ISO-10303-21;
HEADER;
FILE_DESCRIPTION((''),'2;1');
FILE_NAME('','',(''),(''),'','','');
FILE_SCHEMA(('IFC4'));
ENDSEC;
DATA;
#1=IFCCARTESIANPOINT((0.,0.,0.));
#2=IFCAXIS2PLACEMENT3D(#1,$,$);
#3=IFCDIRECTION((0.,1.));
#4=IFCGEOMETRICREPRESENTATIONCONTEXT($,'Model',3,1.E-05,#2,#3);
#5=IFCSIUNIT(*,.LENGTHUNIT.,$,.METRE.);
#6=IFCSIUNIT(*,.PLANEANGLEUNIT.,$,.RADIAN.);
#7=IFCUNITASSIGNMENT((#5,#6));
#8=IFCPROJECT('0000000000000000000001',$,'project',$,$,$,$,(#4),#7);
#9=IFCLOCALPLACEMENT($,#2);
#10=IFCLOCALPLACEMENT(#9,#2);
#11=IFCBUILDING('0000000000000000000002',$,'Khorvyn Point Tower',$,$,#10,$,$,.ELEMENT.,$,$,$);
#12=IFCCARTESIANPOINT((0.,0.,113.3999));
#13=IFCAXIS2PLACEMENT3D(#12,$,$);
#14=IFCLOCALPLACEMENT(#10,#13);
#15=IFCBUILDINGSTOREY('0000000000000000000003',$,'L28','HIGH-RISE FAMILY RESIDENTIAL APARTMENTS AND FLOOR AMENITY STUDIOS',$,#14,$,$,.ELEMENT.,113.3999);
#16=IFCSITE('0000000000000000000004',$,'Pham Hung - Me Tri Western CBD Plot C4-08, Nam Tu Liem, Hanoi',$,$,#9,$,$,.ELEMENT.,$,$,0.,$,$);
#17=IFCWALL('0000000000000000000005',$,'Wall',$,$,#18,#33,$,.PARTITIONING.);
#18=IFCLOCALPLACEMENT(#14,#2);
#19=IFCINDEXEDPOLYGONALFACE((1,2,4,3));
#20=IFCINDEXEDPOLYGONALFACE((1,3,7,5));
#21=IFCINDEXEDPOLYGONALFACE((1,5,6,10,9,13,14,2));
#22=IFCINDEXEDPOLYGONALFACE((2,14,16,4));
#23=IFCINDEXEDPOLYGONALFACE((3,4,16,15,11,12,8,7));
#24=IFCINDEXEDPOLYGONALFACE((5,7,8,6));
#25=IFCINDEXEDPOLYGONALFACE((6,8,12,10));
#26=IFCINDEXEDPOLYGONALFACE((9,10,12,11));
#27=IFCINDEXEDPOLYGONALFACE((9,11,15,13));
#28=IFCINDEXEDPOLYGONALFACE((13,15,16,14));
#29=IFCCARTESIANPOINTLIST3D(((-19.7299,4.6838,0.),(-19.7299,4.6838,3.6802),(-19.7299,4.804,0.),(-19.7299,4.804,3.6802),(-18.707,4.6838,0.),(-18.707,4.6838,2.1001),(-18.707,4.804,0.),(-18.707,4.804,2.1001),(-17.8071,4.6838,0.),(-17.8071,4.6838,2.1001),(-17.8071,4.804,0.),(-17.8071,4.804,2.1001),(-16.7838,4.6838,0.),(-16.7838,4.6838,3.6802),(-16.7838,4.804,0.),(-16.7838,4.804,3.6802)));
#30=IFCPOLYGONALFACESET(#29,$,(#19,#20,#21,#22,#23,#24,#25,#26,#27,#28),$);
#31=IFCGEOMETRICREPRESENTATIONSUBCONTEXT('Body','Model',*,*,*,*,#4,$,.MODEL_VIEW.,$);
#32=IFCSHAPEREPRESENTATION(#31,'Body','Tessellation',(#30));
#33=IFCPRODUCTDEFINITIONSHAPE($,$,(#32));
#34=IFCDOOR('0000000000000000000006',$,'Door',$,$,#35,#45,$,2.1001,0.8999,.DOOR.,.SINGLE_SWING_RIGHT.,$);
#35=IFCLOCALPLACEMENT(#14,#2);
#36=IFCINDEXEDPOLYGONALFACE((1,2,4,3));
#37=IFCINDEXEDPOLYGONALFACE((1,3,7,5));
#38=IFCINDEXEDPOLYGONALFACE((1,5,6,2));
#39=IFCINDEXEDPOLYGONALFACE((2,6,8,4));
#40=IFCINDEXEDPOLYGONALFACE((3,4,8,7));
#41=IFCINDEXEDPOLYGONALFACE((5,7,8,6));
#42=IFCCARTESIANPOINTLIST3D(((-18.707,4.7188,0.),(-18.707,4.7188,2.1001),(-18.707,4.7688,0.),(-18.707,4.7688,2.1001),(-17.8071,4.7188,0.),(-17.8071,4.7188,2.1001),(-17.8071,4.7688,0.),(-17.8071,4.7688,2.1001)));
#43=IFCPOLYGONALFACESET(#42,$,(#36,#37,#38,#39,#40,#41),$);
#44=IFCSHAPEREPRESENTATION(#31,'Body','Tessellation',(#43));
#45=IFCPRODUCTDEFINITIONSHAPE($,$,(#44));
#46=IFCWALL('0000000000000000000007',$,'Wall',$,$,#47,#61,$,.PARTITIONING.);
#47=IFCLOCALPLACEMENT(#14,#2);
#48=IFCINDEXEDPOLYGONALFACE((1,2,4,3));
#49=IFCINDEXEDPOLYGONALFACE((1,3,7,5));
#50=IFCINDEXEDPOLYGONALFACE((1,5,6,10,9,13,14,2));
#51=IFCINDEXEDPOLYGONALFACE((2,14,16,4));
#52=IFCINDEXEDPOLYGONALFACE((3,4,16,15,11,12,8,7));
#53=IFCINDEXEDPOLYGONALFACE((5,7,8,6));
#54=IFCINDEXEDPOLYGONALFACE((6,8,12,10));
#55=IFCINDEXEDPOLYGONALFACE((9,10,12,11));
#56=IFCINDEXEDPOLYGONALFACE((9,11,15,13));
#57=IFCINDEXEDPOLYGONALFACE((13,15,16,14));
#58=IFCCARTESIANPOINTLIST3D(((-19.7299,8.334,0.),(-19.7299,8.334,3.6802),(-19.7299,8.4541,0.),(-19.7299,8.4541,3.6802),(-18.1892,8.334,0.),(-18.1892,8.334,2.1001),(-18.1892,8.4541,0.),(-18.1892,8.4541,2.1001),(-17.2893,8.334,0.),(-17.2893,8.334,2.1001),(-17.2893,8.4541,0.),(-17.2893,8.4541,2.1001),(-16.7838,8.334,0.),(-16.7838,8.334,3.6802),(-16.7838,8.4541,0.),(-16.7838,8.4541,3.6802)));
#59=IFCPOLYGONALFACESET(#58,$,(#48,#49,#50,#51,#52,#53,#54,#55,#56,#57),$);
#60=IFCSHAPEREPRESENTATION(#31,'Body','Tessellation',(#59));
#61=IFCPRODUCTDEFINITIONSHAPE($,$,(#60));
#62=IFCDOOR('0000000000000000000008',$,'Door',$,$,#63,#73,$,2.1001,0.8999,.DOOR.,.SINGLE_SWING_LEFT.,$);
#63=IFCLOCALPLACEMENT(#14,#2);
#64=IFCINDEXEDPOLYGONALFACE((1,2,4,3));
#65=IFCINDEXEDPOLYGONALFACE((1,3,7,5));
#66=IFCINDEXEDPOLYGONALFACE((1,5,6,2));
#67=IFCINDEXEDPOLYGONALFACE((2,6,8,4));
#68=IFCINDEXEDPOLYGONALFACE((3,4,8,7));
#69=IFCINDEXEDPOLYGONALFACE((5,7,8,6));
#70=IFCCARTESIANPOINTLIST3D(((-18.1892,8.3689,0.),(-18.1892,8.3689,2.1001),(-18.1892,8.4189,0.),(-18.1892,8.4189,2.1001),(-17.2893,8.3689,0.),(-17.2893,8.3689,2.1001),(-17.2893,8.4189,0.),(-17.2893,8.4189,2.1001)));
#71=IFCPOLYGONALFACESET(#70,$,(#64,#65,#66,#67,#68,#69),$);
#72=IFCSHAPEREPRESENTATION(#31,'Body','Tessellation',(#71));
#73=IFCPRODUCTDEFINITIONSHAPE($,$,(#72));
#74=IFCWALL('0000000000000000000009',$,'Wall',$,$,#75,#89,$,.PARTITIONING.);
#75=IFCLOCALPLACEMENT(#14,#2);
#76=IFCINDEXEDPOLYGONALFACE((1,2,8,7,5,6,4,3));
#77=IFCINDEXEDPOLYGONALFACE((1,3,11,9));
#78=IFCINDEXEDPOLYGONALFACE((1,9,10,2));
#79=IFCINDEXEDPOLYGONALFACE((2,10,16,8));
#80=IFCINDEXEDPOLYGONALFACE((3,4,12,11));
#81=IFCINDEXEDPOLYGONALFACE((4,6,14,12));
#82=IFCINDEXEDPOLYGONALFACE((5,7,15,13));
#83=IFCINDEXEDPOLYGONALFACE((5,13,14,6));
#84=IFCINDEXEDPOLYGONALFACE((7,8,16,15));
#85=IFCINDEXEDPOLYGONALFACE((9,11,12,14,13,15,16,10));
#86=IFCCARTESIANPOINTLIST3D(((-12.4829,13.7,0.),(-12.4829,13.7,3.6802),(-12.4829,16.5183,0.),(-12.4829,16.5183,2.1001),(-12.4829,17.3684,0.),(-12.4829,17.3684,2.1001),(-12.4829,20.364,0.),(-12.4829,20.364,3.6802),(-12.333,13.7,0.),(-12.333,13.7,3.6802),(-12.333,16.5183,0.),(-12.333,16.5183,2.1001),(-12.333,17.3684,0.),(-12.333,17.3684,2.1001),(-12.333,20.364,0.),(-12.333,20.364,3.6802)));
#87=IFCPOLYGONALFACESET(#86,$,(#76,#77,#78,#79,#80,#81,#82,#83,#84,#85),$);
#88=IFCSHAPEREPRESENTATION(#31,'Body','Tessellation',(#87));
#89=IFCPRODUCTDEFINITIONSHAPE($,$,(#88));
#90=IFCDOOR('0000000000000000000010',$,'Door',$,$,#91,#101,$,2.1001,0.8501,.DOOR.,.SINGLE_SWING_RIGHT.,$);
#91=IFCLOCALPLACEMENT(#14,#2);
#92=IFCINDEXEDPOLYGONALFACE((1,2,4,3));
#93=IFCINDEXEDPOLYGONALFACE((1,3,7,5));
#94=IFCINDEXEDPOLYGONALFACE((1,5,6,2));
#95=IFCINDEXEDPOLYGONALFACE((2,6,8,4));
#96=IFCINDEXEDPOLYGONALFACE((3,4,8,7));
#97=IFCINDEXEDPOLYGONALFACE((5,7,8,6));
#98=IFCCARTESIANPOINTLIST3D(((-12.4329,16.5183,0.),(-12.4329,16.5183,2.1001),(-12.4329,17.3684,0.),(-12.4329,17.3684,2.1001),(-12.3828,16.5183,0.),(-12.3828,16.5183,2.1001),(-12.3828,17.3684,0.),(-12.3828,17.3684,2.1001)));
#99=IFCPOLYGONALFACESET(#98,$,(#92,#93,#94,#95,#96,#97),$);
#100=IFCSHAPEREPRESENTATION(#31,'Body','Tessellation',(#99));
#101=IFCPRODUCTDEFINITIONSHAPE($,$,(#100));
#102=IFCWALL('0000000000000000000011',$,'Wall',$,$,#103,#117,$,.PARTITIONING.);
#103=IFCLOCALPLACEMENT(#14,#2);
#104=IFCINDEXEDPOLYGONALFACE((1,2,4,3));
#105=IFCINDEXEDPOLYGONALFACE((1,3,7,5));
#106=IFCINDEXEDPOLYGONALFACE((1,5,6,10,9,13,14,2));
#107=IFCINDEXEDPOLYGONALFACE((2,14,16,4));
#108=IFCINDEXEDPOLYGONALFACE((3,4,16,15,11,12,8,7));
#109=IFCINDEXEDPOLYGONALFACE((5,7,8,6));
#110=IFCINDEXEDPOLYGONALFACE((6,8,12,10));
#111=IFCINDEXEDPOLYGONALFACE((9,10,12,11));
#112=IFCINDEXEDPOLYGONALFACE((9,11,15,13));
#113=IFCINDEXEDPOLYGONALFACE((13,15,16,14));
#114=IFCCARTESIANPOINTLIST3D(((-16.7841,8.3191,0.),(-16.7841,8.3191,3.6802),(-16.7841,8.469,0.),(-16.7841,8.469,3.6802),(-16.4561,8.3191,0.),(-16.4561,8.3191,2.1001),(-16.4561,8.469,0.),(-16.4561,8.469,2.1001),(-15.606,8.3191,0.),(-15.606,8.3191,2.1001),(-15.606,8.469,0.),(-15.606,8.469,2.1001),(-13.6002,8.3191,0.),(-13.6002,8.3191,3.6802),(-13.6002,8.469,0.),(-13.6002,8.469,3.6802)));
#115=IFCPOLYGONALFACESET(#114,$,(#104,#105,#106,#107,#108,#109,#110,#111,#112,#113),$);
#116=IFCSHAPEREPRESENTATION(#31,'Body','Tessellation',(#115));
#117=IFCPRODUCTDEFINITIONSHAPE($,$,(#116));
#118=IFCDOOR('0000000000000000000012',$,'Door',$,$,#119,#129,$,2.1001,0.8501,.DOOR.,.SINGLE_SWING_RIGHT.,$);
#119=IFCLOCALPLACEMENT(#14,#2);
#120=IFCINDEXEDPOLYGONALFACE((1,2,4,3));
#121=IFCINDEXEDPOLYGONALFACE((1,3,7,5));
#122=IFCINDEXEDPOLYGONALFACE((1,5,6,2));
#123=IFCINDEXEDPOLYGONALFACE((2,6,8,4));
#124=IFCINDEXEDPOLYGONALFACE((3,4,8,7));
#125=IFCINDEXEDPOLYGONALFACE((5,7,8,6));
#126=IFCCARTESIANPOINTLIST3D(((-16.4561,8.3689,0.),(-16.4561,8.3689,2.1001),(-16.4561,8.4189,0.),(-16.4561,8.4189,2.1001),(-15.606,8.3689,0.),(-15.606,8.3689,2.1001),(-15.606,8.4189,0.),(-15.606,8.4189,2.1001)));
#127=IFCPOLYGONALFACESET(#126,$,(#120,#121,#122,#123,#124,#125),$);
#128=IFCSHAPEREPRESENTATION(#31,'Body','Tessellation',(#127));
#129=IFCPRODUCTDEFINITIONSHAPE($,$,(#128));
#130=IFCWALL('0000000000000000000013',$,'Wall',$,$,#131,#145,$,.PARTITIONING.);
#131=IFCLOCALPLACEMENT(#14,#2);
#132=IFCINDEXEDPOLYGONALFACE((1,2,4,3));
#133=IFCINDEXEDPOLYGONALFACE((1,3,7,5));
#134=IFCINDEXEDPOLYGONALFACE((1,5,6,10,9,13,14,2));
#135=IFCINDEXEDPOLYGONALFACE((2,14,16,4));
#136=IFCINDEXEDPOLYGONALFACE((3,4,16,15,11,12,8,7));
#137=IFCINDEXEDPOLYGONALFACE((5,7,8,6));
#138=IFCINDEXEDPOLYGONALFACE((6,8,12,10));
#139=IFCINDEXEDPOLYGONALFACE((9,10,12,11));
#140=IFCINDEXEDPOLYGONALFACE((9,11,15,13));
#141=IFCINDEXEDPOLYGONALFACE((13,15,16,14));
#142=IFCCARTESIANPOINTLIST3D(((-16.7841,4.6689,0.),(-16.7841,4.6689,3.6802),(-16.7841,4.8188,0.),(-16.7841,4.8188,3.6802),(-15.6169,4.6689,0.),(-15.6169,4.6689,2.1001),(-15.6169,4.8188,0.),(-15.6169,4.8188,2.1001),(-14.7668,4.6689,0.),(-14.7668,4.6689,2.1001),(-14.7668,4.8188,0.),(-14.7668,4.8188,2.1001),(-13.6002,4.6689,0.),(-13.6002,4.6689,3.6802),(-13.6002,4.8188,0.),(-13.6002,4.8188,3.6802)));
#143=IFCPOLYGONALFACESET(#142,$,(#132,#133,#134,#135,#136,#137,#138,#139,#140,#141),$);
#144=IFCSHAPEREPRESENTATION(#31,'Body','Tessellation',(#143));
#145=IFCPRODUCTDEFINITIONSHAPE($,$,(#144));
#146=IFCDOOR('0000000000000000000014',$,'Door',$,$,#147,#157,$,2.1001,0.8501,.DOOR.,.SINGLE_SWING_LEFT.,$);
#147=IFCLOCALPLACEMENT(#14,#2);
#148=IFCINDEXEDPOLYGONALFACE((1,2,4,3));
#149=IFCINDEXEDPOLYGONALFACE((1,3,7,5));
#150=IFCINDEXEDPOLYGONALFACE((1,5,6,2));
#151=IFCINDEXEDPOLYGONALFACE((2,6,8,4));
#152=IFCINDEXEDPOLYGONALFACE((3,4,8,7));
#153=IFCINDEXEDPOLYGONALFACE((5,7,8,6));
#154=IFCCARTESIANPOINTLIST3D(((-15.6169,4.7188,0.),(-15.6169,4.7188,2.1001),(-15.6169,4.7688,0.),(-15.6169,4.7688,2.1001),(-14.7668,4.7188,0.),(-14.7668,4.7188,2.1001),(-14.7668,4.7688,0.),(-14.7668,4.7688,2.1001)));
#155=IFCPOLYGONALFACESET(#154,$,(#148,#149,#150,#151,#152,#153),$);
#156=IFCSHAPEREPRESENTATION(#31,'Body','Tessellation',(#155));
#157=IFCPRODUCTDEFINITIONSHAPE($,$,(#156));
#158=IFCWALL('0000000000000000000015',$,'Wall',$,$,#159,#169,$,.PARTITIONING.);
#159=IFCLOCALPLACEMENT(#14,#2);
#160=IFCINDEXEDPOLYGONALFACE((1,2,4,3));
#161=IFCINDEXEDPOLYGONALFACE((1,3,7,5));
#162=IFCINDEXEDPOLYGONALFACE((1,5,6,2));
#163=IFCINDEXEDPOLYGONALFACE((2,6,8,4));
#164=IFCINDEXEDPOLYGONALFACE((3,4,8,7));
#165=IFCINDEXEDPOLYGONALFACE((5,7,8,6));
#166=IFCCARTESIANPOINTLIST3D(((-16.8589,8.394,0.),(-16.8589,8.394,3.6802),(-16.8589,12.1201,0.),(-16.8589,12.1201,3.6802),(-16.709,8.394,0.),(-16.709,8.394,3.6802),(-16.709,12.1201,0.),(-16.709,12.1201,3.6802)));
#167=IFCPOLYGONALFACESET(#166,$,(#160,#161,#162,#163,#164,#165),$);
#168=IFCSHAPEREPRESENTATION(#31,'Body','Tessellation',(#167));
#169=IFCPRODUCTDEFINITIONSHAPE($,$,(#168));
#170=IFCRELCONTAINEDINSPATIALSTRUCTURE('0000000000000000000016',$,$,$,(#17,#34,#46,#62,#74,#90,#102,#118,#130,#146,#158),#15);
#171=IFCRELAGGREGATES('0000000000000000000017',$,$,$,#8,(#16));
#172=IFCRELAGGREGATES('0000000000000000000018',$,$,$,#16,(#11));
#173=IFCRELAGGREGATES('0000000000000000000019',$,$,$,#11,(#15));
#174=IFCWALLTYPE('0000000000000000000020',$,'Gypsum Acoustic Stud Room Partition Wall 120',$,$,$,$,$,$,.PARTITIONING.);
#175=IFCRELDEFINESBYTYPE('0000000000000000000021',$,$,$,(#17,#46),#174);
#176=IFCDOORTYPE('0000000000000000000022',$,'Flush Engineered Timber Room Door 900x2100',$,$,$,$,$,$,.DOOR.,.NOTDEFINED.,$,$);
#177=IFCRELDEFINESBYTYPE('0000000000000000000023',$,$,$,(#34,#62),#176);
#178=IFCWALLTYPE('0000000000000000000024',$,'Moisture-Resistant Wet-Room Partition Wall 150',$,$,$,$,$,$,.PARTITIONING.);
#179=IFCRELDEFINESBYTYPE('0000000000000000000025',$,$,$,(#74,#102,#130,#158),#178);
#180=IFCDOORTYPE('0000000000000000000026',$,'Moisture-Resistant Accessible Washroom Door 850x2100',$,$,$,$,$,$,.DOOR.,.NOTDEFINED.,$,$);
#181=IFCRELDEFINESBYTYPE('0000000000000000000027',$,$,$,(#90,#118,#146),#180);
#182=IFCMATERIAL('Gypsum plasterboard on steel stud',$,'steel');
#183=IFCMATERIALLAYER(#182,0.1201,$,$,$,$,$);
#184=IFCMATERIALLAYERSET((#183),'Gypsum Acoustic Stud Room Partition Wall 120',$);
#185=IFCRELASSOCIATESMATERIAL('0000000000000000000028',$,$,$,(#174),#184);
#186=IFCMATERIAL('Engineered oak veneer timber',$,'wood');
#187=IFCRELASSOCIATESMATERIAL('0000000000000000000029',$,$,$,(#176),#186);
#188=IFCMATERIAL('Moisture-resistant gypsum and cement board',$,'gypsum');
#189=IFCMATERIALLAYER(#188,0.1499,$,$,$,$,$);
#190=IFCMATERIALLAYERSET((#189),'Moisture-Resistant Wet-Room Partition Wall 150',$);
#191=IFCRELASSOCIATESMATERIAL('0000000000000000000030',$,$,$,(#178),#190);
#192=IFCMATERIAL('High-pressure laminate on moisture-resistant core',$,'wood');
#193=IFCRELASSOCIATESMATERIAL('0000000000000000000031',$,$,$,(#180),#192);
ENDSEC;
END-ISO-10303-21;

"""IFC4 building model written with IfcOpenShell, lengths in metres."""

from ifc_helpers import new_model, si_unit, direction, frame, frame_2d, origin, place, context, subcontext, project, spatial, rectangle, extrude, material, layer, layer_set, type_object, element, fill, save


model = new_model("IFC4")

# Units and contexts
model_context = context("Model", 3, precision=1e-05, world=origin(), true_north=direction((0.0, 1.0)))
body_context = subcontext(model_context, "Body", "Model", "MODEL_VIEW")
ifc_project = project(units=[si_unit("LENGTHUNIT", "METRE"), si_unit("PLANEANGLEUNIT", "RADIAN")], contexts=[model_context])

# Site, building, storey
site_placement = place(None, origin())
site = spatial("IfcSite", under=ifc_project, at=site_placement, Name="Pham Hung - Me Tri Western CBD Plot C4-08, Nam Tu Liem, Hanoi", CompositionType="ELEMENT", RefElevation=0.0)
building_placement = place(site_placement, origin())
building = spatial("IfcBuilding", under=site, at=building_placement, Name="Khorvyn Point Tower", CompositionType="ELEMENT")
storey_placement = place(building_placement, frame((0.0, 0.0, 113.3999)))
storey = spatial("IfcBuildingStorey", under=building, at=storey_placement, Name="L28", Description="HIGH-RISE FAMILY RESIDENTIAL APARTMENTS AND FLOOR AMENITY STUDIOS", CompositionType="ELEMENT", Elevation=113.3999)

# Walls, openings, doors
ifc_material_1 = material(Name="Gypsum plasterboard on steel stud", Category="steel")
ifc_layer_1 = layer(ifc_material_1, 0.1201)
ifc_layer_set_1 = layer_set([ifc_layer_1], Name="Gypsum Acoustic Stud Room Partition Wall 120")
wall_type_1 = type_object("IfcWallType", Name="Gypsum Acoustic Stud Room Partition Wall 120", PredefinedType="PARTITIONING", material=ifc_layer_set_1)
wall_1_placement = place(storey_placement, frame((-19.73, 4.7439, 0.0), z_axis=(0.0, 0.0, 1.0), x_axis=(1.0, 0.0, 0.0)))
wall_1 = element("IfcWall", 1, at=wall_1_placement, inside=storey, type_object=wall_type_1, Name="Wall", PredefinedType="PARTITIONING", context=body_context, shape_type="SweptSolid", body=[
    extrude(rectangle(XDim=2.946, YDim=0.1201, at=frame_2d((1.4731, 0.0))), origin(), (0.0, 0.0, 1.0), 3.6802),
])
opening_1_placement = place(wall_1_placement, frame((1.0229, 0.0, 0.0)))
opening_1 = element("IfcOpeningElement", 2, at=opening_1_placement, cuts=wall_1, PredefinedType="OPENING", context=body_context, shape_type="SweptSolid", body=[
    extrude(rectangle(XDim=0.8999, YDim=2.1001, at=frame_2d((0.45, 1.05))), frame((0.0, 0.0701, 0.0), z_axis=(0.0, -1.0, 0.0), x_axis=(1.0, 0.0, 0.0)), (0.0, 0.0, 1.0), 0.1401),
])
ifc_material_2 = material(Name="Engineered oak veneer timber", Category="wood")
door_type_1 = type_object("IfcDoorType", Name="Flush Engineered Timber Room Door 900x2100", OperationType="NOTDEFINED", PredefinedType="DOOR", material=ifc_material_2)
door_1_placement = place(opening_1_placement, origin())
door_1 = element("IfcDoor", 3, at=door_1_placement, inside=storey, type_object=door_type_1, Name="Door", OperationType="SINGLE_SWING_RIGHT", OverallHeight=2.1001, OverallWidth=0.8999, PredefinedType="DOOR", context=body_context, shape_type="SweptSolid", body=[
    extrude(rectangle(XDim=0.8999, YDim=2.1001, at=frame_2d((0.45, 1.05))), frame((0.0, 0.0249, 0.0), z_axis=(0.0, -1.0, 0.0), x_axis=(1.0, 0.0, 0.0)), (0.0, 0.0, 1.0), 0.05),
])
fill(opening_1, door_1)
wall_2_placement = place(storey_placement, frame((-19.73, 8.394, 0.0), z_axis=(0.0, 0.0, 1.0), x_axis=(1.0, 0.0, 0.0)))
wall_2 = element("IfcWall", 4, at=wall_2_placement, inside=storey, type_object=wall_type_1, Name="Wall", PredefinedType="PARTITIONING", context=body_context, shape_type="SweptSolid", body=[
    extrude(rectangle(XDim=2.946, YDim=0.1201, at=frame_2d((1.4731, 0.0))), origin(), (0.0, 0.0, 1.0), 3.6802),
])
opening_2_placement = place(wall_2_placement, frame((1.5408, 0.0, 0.0)))
opening_2 = element("IfcOpeningElement", 5, at=opening_2_placement, cuts=wall_2, PredefinedType="OPENING", context=body_context, shape_type="SweptSolid", body=[
    extrude(rectangle(XDim=0.8999, YDim=2.1001, at=frame_2d((0.45, 1.05))), frame((0.0, 0.0701, 0.0), z_axis=(0.0, -1.0, 0.0), x_axis=(1.0, 0.0, 0.0)), (0.0, 0.0, 1.0), 0.1401),
])
door_2_placement = place(opening_2_placement, origin())
door_2 = element("IfcDoor", 6, at=door_2_placement, inside=storey, type_object=door_type_1, Name="Door", OperationType="SINGLE_SWING_LEFT", OverallHeight=2.1001, OverallWidth=0.8999, PredefinedType="DOOR", context=body_context, shape_type="SweptSolid", body=[
    extrude(rectangle(XDim=0.8999, YDim=2.1001, at=frame_2d((0.45, 1.05))), frame((0.0, 0.0249, 0.0), z_axis=(0.0, -1.0, 0.0), x_axis=(1.0, 0.0, 0.0)), (0.0, 0.0, 1.0), 0.05),
])
fill(opening_2, door_2)
ifc_material_3 = material(Name="Moisture-resistant gypsum and cement board", Category="gypsum")
ifc_layer_2 = layer(ifc_material_3, 0.1499)
ifc_layer_set_2 = layer_set([ifc_layer_2], Name="Moisture-Resistant Wet-Room Partition Wall 150")
wall_type_2 = type_object("IfcWallType", Name="Moisture-Resistant Wet-Room Partition Wall 150", PredefinedType="PARTITIONING", material=ifc_layer_set_2)
wall_3_placement = place(storey_placement, frame((-12.408, 13.7, 0.0), z_axis=(0.0, 0.0, 1.0), x_axis=(0.0, 1.0, 0.0)))
wall_3 = element("IfcWall", 7, at=wall_3_placement, inside=storey, type_object=wall_type_2, Name="Wall", PredefinedType="PARTITIONING", context=body_context, shape_type="SweptSolid", body=[
    extrude(rectangle(XDim=6.6641, YDim=0.1499, at=frame_2d((3.332, 0.0))), origin(), (0.0, 0.0, 1.0), 3.6802),
])
opening_3_placement = place(wall_3_placement, frame((2.8184, 0.0, 0.0)))
opening_3 = element("IfcOpeningElement", 8, at=opening_3_placement, cuts=wall_3, PredefinedType="OPENING", context=body_context, shape_type="SweptSolid", body=[
    extrude(rectangle(XDim=0.8501, YDim=2.1001, at=frame_2d((0.425, 1.05))), frame((0.0, 0.085, 0.0), z_axis=(0.0, -1.0, 0.0), x_axis=(1.0, 0.0, 0.0)), (0.0, 0.0, 1.0), 0.1699),
])
ifc_material_4 = material(Name="High-pressure laminate on moisture-resistant core", Category="wood")
door_type_2 = type_object("IfcDoorType", Name="Moisture-Resistant Accessible Washroom Door 850x2100", OperationType="NOTDEFINED", PredefinedType="DOOR", material=ifc_material_4)
door_3_placement = place(opening_3_placement, origin())
door_3 = element("IfcDoor", 9, at=door_3_placement, inside=storey, type_object=door_type_2, Name="Door", OperationType="SINGLE_SWING_RIGHT", OverallHeight=2.1001, OverallWidth=0.8501, PredefinedType="DOOR", context=body_context, shape_type="SweptSolid", body=[
    extrude(rectangle(XDim=0.8501, YDim=2.1001, at=frame_2d((0.425, 1.05))), frame((0.0, 0.0249, 0.0), z_axis=(0.0, -1.0, 0.0), x_axis=(1.0, 0.0, 0.0)), (0.0, 0.0, 1.0), 0.05),
])
fill(opening_3, door_3)
wall_4_placement = place(storey_placement, frame((-16.7839, 8.394, 0.0), z_axis=(0.0, 0.0, 1.0), x_axis=(1.0, 0.0, 0.0)))
wall_4 = element("IfcWall", 10, at=wall_4_placement, inside=storey, type_object=wall_type_2, Name="Wall", PredefinedType="PARTITIONING", context=body_context, shape_type="SweptSolid", body=[
    extrude(rectangle(XDim=3.1838, YDim=0.1499, at=frame_2d((1.5918, 0.0))), origin(), (0.0, 0.0, 1.0), 3.6802),
])
opening_4_placement = place(wall_4_placement, frame((0.3279, 0.0, 0.0)))
opening_4 = element("IfcOpeningElement", 11, at=opening_4_placement, cuts=wall_4, PredefinedType="OPENING", context=body_context, shape_type="SweptSolid", body=[
    extrude(rectangle(XDim=0.8501, YDim=2.1001, at=frame_2d((0.425, 1.05))), frame((0.0, 0.085, 0.0), z_axis=(0.0, -1.0, 0.0), x_axis=(1.0, 0.0, 0.0)), (0.0, 0.0, 1.0), 0.1699),
])
door_4_placement = place(opening_4_placement, origin())
door_4 = element("IfcDoor", 12, at=door_4_placement, inside=storey, type_object=door_type_2, Name="Door", OperationType="SINGLE_SWING_RIGHT", OverallHeight=2.1001, OverallWidth=0.8501, PredefinedType="DOOR", context=body_context, shape_type="SweptSolid", body=[
    extrude(rectangle(XDim=0.8501, YDim=2.1001, at=frame_2d((0.425, 1.05))), frame((0.0, 0.0249, 0.0), z_axis=(0.0, -1.0, 0.0), x_axis=(1.0, 0.0, 0.0)), (0.0, 0.0, 1.0), 0.05),
])
fill(opening_4, door_4)
wall_5_placement = place(storey_placement, frame((-16.7839, 4.7439, 0.0), z_axis=(0.0, 0.0, 1.0), x_axis=(1.0, 0.0, 0.0)))
wall_5 = element("IfcWall", 13, at=wall_5_placement, inside=storey, type_object=wall_type_2, Name="Wall", PredefinedType="PARTITIONING", context=body_context, shape_type="SweptSolid", body=[
    extrude(rectangle(XDim=3.1838, YDim=0.1499, at=frame_2d((1.5918, 0.0))), origin(), (0.0, 0.0, 1.0), 3.6802),
])
opening_5_placement = place(wall_5_placement, frame((1.167, 0.0, 0.0)))
opening_5 = element("IfcOpeningElement", 14, at=opening_5_placement, cuts=wall_5, PredefinedType="OPENING", context=body_context, shape_type="SweptSolid", body=[
    extrude(rectangle(XDim=0.8501, YDim=2.1001, at=frame_2d((0.425, 1.05))), frame((0.0, 0.085, 0.0), z_axis=(0.0, -1.0, 0.0), x_axis=(1.0, 0.0, 0.0)), (0.0, 0.0, 1.0), 0.1699),
])
door_5_placement = place(opening_5_placement, origin())
door_5 = element("IfcDoor", 15, at=door_5_placement, inside=storey, type_object=door_type_2, Name="Door", OperationType="SINGLE_SWING_LEFT", OverallHeight=2.1001, OverallWidth=0.8501, PredefinedType="DOOR", context=body_context, shape_type="SweptSolid", body=[
    extrude(rectangle(XDim=0.8501, YDim=2.1001, at=frame_2d((0.425, 1.05))), frame((0.0, 0.0249, 0.0), z_axis=(0.0, -1.0, 0.0), x_axis=(1.0, 0.0, 0.0)), (0.0, 0.0, 1.0), 0.05),
])
fill(opening_5, door_5)

# Wall
wall_6_placement = place(storey_placement, frame((-16.7839, 8.394, 0.0), z_axis=(0.0, 0.0, 1.0), x_axis=(0.0, 1.0, 0.0)))
element("IfcWall", 16, at=wall_6_placement, inside=storey, type_object=wall_type_2, Name="Wall", PredefinedType="PARTITIONING", context=body_context, shape_type="SweptSolid", body=[
    extrude(rectangle(XDim=3.7261, YDim=0.1499, at=frame_2d((1.863, 0.0))), origin(), (0.0, 0.0, 1.0), 3.6802),
])

save(model, "model.ifc")
